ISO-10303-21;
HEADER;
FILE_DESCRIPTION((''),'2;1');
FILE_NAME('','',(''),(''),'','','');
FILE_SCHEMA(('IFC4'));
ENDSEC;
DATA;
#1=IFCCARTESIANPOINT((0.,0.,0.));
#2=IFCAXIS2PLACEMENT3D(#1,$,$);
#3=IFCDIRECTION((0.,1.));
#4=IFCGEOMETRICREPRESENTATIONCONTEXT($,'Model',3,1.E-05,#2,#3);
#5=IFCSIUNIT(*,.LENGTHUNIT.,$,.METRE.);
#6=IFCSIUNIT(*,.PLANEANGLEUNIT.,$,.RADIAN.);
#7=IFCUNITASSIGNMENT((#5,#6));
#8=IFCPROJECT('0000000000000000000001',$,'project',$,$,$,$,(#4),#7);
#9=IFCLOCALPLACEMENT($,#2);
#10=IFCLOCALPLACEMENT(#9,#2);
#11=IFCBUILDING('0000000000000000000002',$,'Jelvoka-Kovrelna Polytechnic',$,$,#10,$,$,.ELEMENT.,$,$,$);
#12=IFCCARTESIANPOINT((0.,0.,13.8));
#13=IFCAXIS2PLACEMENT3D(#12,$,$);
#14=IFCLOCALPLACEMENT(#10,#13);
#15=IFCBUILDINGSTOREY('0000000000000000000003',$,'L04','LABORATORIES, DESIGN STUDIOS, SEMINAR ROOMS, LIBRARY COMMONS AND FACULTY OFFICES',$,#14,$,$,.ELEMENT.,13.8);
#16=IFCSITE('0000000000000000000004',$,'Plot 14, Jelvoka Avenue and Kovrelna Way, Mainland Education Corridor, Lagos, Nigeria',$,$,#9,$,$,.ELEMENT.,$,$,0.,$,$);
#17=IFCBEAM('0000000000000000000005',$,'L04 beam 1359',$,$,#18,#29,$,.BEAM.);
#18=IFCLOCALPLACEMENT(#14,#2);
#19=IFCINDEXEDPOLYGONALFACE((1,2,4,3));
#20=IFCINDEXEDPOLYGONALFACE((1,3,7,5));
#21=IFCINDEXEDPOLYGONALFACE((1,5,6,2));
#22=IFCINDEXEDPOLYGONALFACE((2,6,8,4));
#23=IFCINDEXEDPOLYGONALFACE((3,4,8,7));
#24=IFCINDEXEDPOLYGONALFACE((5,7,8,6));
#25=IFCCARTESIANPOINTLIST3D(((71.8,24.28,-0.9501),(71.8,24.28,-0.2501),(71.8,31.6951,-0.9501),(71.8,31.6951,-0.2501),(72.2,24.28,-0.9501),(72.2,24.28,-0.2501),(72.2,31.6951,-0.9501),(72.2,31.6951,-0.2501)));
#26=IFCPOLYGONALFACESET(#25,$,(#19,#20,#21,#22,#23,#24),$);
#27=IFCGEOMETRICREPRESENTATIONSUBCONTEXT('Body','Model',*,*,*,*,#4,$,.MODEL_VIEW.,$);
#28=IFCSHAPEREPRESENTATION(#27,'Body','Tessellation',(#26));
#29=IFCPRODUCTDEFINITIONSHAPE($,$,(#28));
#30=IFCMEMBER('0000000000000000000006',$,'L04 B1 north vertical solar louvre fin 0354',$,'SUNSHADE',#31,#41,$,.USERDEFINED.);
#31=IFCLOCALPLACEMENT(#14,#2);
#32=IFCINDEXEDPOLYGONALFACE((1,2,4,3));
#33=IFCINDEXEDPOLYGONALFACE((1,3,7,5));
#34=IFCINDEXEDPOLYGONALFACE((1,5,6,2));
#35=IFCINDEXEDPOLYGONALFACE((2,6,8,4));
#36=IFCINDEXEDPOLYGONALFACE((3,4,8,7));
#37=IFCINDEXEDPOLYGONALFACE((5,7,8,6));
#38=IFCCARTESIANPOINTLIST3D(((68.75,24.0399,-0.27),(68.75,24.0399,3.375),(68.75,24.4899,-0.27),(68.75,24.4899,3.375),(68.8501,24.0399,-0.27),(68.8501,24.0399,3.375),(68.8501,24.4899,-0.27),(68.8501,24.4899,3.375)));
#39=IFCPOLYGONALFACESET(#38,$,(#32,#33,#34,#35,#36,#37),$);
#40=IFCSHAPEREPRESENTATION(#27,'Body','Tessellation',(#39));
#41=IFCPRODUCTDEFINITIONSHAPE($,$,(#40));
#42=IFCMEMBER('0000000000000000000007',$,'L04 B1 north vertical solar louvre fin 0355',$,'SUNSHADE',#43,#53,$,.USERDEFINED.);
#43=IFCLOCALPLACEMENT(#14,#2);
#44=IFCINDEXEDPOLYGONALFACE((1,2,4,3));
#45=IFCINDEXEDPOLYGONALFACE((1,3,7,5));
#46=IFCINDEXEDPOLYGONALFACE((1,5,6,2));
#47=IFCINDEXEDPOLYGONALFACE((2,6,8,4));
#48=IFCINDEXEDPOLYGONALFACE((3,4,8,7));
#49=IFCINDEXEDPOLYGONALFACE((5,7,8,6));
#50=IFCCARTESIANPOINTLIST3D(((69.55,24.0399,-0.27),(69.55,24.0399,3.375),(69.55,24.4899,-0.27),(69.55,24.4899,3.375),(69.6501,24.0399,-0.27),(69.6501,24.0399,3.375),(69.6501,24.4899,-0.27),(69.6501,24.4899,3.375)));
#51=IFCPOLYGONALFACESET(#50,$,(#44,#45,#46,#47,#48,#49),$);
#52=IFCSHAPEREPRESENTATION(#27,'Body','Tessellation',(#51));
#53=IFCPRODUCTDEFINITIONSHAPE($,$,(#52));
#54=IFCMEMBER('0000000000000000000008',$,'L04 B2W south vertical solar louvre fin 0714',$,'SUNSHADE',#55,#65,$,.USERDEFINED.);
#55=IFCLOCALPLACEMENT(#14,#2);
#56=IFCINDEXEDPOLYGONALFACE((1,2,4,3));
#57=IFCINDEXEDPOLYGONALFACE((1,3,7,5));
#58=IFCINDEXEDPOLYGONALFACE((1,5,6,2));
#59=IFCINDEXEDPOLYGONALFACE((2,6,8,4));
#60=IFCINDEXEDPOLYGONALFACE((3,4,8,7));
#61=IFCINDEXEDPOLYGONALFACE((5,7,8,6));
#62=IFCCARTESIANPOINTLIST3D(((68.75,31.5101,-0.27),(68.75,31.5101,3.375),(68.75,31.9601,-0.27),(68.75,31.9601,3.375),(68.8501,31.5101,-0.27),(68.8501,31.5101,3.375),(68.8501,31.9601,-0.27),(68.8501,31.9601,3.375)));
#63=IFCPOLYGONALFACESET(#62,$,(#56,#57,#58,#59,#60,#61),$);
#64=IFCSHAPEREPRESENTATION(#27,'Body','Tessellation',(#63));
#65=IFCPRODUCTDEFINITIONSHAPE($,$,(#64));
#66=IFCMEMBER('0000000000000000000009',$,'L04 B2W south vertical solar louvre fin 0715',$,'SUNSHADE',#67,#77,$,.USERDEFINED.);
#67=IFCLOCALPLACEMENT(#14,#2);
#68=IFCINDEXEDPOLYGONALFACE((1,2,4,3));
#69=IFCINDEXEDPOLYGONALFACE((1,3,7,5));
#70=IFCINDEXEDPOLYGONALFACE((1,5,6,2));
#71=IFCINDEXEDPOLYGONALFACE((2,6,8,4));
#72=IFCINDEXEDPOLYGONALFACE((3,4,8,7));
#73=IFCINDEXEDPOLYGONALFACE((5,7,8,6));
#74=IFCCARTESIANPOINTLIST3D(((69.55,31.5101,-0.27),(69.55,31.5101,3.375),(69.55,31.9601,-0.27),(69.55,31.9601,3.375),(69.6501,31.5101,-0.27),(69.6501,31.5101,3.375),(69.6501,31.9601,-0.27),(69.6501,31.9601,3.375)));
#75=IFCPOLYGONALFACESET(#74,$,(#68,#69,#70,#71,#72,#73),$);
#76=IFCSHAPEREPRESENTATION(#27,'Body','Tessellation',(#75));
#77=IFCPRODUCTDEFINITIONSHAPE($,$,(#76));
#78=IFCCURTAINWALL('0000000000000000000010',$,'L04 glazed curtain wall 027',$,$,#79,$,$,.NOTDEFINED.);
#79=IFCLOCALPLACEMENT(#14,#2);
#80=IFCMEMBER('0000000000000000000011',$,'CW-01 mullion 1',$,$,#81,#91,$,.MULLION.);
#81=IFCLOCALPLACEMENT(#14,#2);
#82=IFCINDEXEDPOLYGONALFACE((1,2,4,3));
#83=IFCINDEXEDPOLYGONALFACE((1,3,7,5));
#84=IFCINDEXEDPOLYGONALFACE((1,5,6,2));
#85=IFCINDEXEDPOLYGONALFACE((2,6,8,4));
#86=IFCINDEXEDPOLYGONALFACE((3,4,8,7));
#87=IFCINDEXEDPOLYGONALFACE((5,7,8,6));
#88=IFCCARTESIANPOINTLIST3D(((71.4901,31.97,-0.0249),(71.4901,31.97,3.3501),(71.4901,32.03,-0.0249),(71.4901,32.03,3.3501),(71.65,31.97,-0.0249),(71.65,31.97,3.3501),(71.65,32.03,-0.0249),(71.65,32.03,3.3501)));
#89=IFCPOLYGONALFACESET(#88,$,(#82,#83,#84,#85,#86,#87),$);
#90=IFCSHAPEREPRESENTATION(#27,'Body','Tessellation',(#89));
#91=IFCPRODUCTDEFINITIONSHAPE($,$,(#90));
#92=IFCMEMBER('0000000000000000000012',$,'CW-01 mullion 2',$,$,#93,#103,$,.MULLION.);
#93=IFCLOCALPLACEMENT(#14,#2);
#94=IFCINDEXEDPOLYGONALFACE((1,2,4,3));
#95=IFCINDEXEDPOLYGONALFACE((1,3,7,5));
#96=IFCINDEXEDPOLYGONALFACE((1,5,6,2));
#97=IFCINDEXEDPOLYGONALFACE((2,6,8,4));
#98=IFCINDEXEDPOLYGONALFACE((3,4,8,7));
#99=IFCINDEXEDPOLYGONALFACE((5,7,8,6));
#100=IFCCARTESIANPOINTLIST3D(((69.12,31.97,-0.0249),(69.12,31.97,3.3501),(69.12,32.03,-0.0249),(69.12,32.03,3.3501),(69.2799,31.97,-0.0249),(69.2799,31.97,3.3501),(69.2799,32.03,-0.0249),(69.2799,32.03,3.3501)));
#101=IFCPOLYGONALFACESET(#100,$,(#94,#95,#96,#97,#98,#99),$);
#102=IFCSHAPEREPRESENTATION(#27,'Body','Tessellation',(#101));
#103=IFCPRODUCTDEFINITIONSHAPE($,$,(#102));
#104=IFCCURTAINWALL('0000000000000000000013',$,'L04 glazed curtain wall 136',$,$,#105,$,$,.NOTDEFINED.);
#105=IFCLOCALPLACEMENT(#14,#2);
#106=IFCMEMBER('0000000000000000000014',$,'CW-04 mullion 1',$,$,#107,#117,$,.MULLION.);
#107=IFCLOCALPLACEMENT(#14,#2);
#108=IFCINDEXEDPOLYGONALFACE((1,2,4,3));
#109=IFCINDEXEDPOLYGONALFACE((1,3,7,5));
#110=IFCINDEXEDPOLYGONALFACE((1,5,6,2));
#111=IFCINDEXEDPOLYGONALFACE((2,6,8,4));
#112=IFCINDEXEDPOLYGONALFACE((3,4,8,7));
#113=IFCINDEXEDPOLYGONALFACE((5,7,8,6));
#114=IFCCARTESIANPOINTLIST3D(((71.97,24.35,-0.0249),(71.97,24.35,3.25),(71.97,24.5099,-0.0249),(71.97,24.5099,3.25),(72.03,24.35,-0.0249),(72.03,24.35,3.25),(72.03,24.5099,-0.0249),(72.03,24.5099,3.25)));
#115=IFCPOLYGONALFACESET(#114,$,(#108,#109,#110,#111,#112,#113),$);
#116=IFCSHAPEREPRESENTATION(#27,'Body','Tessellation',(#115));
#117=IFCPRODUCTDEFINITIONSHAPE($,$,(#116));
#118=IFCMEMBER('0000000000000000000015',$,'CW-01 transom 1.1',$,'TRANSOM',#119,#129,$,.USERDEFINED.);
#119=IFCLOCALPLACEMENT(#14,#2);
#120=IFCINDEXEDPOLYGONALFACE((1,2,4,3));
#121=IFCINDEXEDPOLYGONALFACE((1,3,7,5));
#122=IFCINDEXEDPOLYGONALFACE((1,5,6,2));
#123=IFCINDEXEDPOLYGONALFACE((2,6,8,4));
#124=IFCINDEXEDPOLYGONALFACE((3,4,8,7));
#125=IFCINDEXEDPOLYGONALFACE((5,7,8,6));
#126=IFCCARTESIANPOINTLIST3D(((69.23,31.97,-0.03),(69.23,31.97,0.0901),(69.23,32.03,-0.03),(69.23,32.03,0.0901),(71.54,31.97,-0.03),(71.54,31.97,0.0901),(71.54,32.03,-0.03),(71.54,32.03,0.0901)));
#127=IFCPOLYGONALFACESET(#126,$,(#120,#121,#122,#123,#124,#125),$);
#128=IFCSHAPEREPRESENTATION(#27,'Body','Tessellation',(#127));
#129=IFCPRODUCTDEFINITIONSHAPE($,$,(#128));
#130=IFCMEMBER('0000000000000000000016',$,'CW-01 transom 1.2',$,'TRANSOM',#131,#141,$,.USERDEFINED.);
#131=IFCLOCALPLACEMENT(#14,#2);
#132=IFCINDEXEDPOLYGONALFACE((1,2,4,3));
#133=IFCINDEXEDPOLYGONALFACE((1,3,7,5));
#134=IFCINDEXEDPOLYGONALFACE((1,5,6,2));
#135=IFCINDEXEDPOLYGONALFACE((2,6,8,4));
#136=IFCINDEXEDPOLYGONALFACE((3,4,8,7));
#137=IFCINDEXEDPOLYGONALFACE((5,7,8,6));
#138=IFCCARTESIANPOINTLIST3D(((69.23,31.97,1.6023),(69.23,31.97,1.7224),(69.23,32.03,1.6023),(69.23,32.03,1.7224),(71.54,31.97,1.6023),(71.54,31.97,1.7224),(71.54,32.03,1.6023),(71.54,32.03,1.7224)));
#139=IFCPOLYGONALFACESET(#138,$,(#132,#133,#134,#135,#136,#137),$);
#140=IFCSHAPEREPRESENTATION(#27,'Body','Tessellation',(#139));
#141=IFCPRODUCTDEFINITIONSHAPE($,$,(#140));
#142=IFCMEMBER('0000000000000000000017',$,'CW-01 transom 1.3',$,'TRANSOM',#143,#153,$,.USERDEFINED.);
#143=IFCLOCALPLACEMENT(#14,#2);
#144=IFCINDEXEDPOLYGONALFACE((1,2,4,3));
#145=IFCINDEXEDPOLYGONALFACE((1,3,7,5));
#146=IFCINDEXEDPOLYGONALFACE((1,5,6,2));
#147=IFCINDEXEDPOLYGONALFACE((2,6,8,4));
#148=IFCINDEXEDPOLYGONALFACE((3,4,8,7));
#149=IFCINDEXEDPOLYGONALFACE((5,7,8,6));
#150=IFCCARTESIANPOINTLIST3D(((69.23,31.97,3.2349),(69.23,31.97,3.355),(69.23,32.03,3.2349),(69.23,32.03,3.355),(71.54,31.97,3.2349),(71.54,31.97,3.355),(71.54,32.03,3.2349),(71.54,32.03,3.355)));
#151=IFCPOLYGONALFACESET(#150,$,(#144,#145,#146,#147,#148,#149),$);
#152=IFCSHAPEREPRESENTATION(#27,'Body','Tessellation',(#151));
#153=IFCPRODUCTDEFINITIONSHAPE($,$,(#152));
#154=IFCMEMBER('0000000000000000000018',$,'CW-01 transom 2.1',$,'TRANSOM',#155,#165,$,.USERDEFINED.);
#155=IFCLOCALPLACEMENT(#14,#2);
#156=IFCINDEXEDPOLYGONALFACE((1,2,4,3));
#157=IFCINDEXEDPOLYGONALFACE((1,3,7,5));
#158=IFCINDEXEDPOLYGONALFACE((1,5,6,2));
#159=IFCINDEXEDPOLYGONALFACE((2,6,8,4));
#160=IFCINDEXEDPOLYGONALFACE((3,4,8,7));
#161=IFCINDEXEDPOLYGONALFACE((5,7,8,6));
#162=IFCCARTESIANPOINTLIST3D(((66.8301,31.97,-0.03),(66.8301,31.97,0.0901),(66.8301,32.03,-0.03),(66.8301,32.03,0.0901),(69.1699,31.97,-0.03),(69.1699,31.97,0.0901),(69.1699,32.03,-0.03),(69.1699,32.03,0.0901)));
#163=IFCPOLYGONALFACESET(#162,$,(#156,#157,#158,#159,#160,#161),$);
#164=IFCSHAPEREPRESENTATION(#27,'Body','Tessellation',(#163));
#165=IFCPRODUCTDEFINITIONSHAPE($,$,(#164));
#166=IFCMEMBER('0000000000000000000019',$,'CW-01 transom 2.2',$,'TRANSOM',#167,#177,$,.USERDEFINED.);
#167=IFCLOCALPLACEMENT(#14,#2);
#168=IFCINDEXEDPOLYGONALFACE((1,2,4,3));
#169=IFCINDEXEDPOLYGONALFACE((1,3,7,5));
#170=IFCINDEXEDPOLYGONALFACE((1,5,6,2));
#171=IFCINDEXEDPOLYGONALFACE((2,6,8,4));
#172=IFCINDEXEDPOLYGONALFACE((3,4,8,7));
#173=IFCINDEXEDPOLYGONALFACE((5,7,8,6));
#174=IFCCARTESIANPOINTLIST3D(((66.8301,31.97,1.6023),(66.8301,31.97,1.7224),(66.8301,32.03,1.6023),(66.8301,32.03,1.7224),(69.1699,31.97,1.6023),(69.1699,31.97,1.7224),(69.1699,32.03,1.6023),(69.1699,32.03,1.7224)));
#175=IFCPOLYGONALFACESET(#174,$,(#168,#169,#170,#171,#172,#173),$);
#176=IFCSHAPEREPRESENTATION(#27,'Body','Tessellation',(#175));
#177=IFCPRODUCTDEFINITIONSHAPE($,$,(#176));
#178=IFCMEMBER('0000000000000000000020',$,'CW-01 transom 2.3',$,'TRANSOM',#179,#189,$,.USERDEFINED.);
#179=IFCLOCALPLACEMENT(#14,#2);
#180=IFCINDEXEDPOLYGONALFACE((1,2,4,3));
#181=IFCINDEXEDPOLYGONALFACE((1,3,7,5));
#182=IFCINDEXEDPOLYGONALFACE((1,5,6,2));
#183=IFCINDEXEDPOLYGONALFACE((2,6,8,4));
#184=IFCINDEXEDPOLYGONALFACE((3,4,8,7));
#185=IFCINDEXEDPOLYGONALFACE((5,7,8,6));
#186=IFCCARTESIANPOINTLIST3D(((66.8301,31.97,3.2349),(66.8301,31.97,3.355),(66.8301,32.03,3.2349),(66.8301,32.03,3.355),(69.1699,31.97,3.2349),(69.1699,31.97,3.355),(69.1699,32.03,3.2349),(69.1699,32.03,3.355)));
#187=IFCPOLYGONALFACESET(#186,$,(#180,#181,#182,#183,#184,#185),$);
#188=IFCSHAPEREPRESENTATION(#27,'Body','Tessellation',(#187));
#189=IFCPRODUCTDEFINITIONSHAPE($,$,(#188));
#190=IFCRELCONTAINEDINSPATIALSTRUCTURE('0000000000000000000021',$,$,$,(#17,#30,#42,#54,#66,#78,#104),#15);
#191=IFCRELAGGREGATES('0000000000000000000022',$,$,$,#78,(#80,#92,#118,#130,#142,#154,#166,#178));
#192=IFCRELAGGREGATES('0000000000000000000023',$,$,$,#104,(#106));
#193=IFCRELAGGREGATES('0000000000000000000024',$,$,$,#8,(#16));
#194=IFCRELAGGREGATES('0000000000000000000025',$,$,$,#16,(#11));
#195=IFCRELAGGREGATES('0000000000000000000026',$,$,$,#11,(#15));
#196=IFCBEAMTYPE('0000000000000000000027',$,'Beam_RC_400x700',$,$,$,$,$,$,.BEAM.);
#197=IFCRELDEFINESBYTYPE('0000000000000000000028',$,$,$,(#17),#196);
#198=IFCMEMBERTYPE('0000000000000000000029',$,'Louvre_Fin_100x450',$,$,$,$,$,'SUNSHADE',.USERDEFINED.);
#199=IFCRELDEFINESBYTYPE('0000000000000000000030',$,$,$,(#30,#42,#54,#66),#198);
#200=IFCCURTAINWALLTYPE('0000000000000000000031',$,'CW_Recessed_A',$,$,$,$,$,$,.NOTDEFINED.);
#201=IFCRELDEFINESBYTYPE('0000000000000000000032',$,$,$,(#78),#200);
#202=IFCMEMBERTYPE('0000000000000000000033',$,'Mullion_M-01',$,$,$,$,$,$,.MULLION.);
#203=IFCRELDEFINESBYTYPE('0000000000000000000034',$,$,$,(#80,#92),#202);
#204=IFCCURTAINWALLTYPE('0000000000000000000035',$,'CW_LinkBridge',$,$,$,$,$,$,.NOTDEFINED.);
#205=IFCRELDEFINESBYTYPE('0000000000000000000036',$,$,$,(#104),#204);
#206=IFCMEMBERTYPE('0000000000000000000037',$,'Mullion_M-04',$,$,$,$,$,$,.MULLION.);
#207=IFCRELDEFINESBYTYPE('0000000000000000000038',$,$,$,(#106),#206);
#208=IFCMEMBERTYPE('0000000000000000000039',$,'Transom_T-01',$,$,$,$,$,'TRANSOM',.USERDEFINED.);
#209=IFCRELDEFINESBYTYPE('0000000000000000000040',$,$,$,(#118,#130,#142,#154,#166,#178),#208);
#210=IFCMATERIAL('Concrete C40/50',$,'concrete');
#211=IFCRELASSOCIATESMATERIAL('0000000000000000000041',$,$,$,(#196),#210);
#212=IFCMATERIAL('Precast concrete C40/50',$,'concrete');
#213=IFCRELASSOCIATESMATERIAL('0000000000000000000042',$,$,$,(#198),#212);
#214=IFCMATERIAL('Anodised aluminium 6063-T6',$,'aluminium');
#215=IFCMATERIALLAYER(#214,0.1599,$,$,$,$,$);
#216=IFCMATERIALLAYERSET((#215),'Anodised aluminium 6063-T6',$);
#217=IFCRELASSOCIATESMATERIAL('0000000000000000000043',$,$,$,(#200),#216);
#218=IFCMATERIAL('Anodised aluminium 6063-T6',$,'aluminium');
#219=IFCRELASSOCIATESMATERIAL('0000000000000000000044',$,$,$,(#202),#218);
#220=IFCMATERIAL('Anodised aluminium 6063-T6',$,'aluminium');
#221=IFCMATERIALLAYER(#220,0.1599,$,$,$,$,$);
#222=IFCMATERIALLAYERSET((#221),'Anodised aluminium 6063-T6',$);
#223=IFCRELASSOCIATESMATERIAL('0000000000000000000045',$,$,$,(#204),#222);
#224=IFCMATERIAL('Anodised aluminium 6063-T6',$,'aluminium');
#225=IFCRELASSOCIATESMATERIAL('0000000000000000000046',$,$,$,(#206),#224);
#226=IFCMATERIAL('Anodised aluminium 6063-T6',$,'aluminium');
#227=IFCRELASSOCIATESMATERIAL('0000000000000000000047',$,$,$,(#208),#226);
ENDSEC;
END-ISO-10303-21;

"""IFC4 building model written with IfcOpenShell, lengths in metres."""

from ifc_helpers import new_model, si_unit, direction, frame, origin, origin_2d, place, context, subcontext, project, spatial, rectangle, extrude, material, layer, layer_set, material_profile, profile_set, type_object, element, aggregate, save


model = new_model("IFC4")

# Units and contexts
model_context = context("Model", 3, precision=1e-05, world=origin(), true_north=direction((0.0, 1.0)))
body_context = subcontext(model_context, "Body", "Model", "MODEL_VIEW")
ifc_project = project(units=[si_unit("LENGTHUNIT", "METRE"), si_unit("PLANEANGLEUNIT", "RADIAN")], contexts=[model_context])

# Site, building, storey
site_placement = place(None, origin())
site = spatial("IfcSite", under=ifc_project, at=site_placement, Name="Plot 14, Jelvoka Avenue and Kovrelna Way, Mainland Education Corridor, Lagos, Nigeria", CompositionType="ELEMENT", RefElevation=0.0)
building_placement = place(site_placement, origin())
building = spatial("IfcBuilding", under=site, at=building_placement, Name="Jelvoka-Kovrelna Polytechnic", CompositionType="ELEMENT")
storey_placement = place(building_placement, frame((0.0, 0.0, 13.8)))
storey = spatial("IfcBuildingStorey", under=building, at=storey_placement, Name="L04", Description="LABORATORIES, DESIGN STUDIOS, SEMINAR ROOMS, LIBRARY COMMONS AND FACULTY OFFICES", CompositionType="ELEMENT", Elevation=13.8)

# Beam
ifc_material_1 = material(Name="Concrete C40/50", Category="concrete")
ifc_material_profile_1 = material_profile(ifc_material_1, rectangle(XDim=0.3999, YDim=0.7, at=origin_2d()), Name="RC 400x700")
ifc_profile_set_1 = profile_set([ifc_material_profile_1], Name="Concrete C40/50")
beam_type = type_object("IfcBeamType", Name="Beam_RC_400x700", PredefinedType="BEAM", material=ifc_profile_set_1)
beam_placement = place(storey_placement, frame((72.0, 24.28, -0.6001), z_axis=(0.0, 1.0, 0.0), x_axis=(-1.0, 0.0, 0.0)))
element("IfcBeam", 1, at=beam_placement, inside=storey, type_object=beam_type, Name="L04 beam 1359", PredefinedType="BEAM", context=body_context, shape_type="SweptSolid", body=[
    extrude(rectangle(XDim=0.3999, YDim=0.7, at=origin_2d()), origin(), (0.0, 0.0, 1.0), 7.415),
])

# Members
ifc_material_2 = material(Name="Precast concrete C40/50", Category="concrete")
ifc_material_profile_2 = material_profile(ifc_material_2, rectangle(XDim=0.1001, YDim=0.45, at=origin_2d()), Name="PC 100x450")
ifc_profile_set_2 = profile_set([ifc_material_profile_2], Name="Precast concrete C40/50")
member_type_1 = type_object("IfcMemberType", Name="Louvre_Fin_100x450", ElementType="SUNSHADE", PredefinedType="USERDEFINED", material=ifc_profile_set_2)
for number, where, z_axis, x_axis, name in (
    (2, (68.8, 24.2649, -0.27), (0.0, 0.0, 1.0), (1.0, 0.0, 0.0), "L04 B1 north vertical solar louvre fin 0354"),
    (3, (69.6001, 24.2649, -0.27), (0.0, 0.0, 1.0), (1.0, 0.0, 0.0), "L04 B1 north vertical solar louvre fin 0355"),
    (4, (68.8, 31.7351, -0.27), (0.0, 0.0, 1.0), (1.0, 0.0, 0.0), "L04 B2W south vertical solar louvre fin 0714"),
    (5, (69.6001, 31.7351, -0.27), (0.0, 0.0, 1.0), (1.0, 0.0, 0.0), "L04 B2W south vertical solar louvre fin 0715"),
):
    element("IfcMember", number, at=place(storey_placement, frame(where, z_axis=z_axis, x_axis=x_axis)), inside=storey, type_object=member_type_1, Name=name, ObjectType="SUNSHADE", PredefinedType="USERDEFINED", context=body_context, shape_type="SweptSolid", body=[
        extrude(rectangle(XDim=0.1001, YDim=0.45, at=origin_2d()), origin(), (0.0, 0.0, 1.0), 3.645),
    ])

# Curtain wall, members
ifc_material_3 = material(Name="Anodised aluminium 6063-T6", Category="aluminium")
ifc_layer_1 = layer(ifc_material_3, 0.1599)
ifc_layer_set_1 = layer_set([ifc_layer_1], Name="Anodised aluminium 6063-T6")
curtain_wall_type_1 = type_object("IfcCurtainWallType", Name="CW_Recessed_A", PredefinedType="NOTDEFINED", material=ifc_layer_set_1)
curtain_wall_1_placement = place(storey_placement, origin())
curtain_wall_1 = element("IfcCurtainWall", 6, at=curtain_wall_1_placement, inside=storey, type_object=curtain_wall_type_1, Name="L04 glazed curtain wall 027", PredefinedType="NOTDEFINED")
ifc_material_4 = material(Name="Anodised aluminium 6063-T6", Category="aluminium")
ifc_material_profile_3 = material_profile(ifc_material_4, rectangle(XDim=0.0601, YDim=0.1599, at=origin_2d()), Name="ALU 60x160")
ifc_profile_set_3 = profile_set([ifc_material_profile_3], Name="Anodised aluminium 6063-T6")
member_type_2 = type_object("IfcMemberType", Name="Mullion_M-01", PredefinedType="MULLION", material=ifc_profile_set_3)
member_1_placement = place(storey_placement, frame((71.5701, 32.0, -0.0249), z_axis=(0.0, 0.0, 1.0), x_axis=(0.0, -1.0, 0.0)))
member_1 = element("IfcMember", 7, at=member_1_placement, type_object=member_type_2, Name="CW-01 mullion 1", PredefinedType="MULLION", context=body_context, shape_type="SweptSolid", body=[
    extrude(rectangle(XDim=0.0601, YDim=0.1599, at=origin_2d()), origin(), (0.0, 0.0, 1.0), 3.375),
])
member_2_placement = place(storey_placement, frame((69.2, 32.0, -0.0249), z_axis=(0.0, 0.0, 1.0), x_axis=(0.0, -1.0, 0.0)))
member_2 = element("IfcMember", 8, at=member_2_placement, type_object=member_type_2, Name="CW-01 mullion 2", PredefinedType="MULLION", context=body_context, shape_type="SweptSolid", body=[
    extrude(rectangle(XDim=0.0601, YDim=0.1599, at=origin_2d()), origin(), (0.0, 0.0, 1.0), 3.375),
])

# Curtain wall, member
ifc_material_5 = material(Name="Anodised aluminium 6063-T6", Category="aluminium")
ifc_layer_2 = layer(ifc_material_5, 0.1599)
ifc_layer_set_2 = layer_set([ifc_layer_2], Name="Anodised aluminium 6063-T6")
curtain_wall_type_2 = type_object("IfcCurtainWallType", Name="CW_LinkBridge", PredefinedType="NOTDEFINED", material=ifc_layer_set_2)
curtain_wall_2_placement = place(storey_placement, origin())
curtain_wall_2 = element("IfcCurtainWall", 9, at=curtain_wall_2_placement, inside=storey, type_object=curtain_wall_type_2, Name="L04 glazed curtain wall 136", PredefinedType="NOTDEFINED")
ifc_material_6 = material(Name="Anodised aluminium 6063-T6", Category="aluminium")
ifc_material_profile_4 = material_profile(ifc_material_6, rectangle(XDim=0.0601, YDim=0.1599, at=origin_2d()), Name="ALU 60x160")
ifc_profile_set_4 = profile_set([ifc_material_profile_4], Name="Anodised aluminium 6063-T6")
member_type_3 = type_object("IfcMemberType", Name="Mullion_M-04", PredefinedType="MULLION", material=ifc_profile_set_4)
member_3_placement = place(storey_placement, frame((72.0, 24.4299, -0.0249), z_axis=(0.0, 0.0, 1.0), x_axis=(-1.0, 0.0, 0.0)))
member_3 = element("IfcMember", 10, at=member_3_placement, type_object=member_type_3, Name="CW-04 mullion 1", PredefinedType="MULLION", context=body_context, shape_type="SweptSolid", body=[
    extrude(rectangle(XDim=0.0601, YDim=0.1599, at=origin_2d()), origin(), (0.0, 0.0, 1.0), 3.2749),
])

# Members
ifc_material_7 = material(Name="Anodised aluminium 6063-T6", Category="aluminium")
ifc_material_profile_5 = material_profile(ifc_material_7, rectangle(XDim=0.0601, YDim=0.1201, at=origin_2d()), Name="ALU 60x120")
ifc_profile_set_5 = profile_set([ifc_material_profile_5], Name="Anodised aluminium 6063-T6")
member_type_4 = type_object("IfcMemberType", Name="Transom_T-01", ElementType="TRANSOM", PredefinedType="USERDEFINED", material=ifc_profile_set_5)
member_4_placement = place(storey_placement, frame((71.54, 32.0, 0.03), z_axis=(-1.0, 0.0, 0.0), x_axis=(0.0, -1.0, 0.0)))
member_4 = element("IfcMember", 11, at=member_4_placement, type_object=member_type_4, Name="CW-01 transom 1.1", ObjectType="TRANSOM", PredefinedType="USERDEFINED", context=body_context, shape_type="SweptSolid", body=[
    extrude(rectangle(XDim=0.0601, YDim=0.1201, at=origin_2d()), origin(), (0.0, 0.0, 1.0), 2.3101),
])
member_5_placement = place(storey_placement, frame((71.54, 32.0, 1.6624), z_axis=(-1.0, 0.0, 0.0), x_axis=(0.0, -1.0, 0.0)))
member_5 = element("IfcMember", 12, at=member_5_placement, type_object=member_type_4, Name="CW-01 transom 1.2", ObjectType="TRANSOM", PredefinedType="USERDEFINED", context=body_context, shape_type="SweptSolid", body=[
    extrude(rectangle(XDim=0.0601, YDim=0.1201, at=origin_2d()), origin(), (0.0, 0.0, 1.0), 2.3101),
])
member_6_placement = place(storey_placement, frame((71.54, 32.0, 3.2949), z_axis=(-1.0, 0.0, 0.0), x_axis=(0.0, -1.0, 0.0)))
member_6 = element("IfcMember", 13, at=member_6_placement, type_object=member_type_4, Name="CW-01 transom 1.3", ObjectType="TRANSOM", PredefinedType="USERDEFINED", context=body_context, shape_type="SweptSolid", body=[
    extrude(rectangle(XDim=0.0601, YDim=0.1201, at=origin_2d()), origin(), (0.0, 0.0, 1.0), 2.3101),
])
member_7_placement = place(storey_placement, frame((69.1699, 32.0, 0.03), z_axis=(-1.0, 0.0, 0.0), x_axis=(0.0, -1.0, 0.0)))
member_7 = element("IfcMember", 14, at=member_7_placement, type_object=member_type_4, Name="CW-01 transom 2.1", ObjectType="TRANSOM", PredefinedType="USERDEFINED", context=body_context, shape_type="SweptSolid", body=[
    extrude(rectangle(XDim=0.0601, YDim=0.1201, at=origin_2d()), origin(), (0.0, 0.0, 1.0), 2.3398),
])
member_8_placement = place(storey_placement, frame((69.1699, 32.0, 1.6624), z_axis=(-1.0, 0.0, 0.0), x_axis=(0.0, -1.0, 0.0)))
member_8 = element("IfcMember", 15, at=member_8_placement, type_object=member_type_4, Name="CW-01 transom 2.2", ObjectType="TRANSOM", PredefinedType="USERDEFINED", context=body_context, shape_type="SweptSolid", body=[
    extrude(rectangle(XDim=0.0601, YDim=0.1201, at=origin_2d()), origin(), (0.0, 0.0, 1.0), 2.3398),
])
member_9_placement = place(storey_placement, frame((69.1699, 32.0, 3.2949), z_axis=(-1.0, 0.0, 0.0), x_axis=(0.0, -1.0, 0.0)))
member_9 = element("IfcMember", 16, at=member_9_placement, type_object=member_type_4, Name="CW-01 transom 2.3", ObjectType="TRANSOM", PredefinedType="USERDEFINED", context=body_context, shape_type="SweptSolid", body=[
    extrude(rectangle(XDim=0.0601, YDim=0.1201, at=origin_2d()), origin(), (0.0, 0.0, 1.0), 2.3398),
])

aggregate(curtain_wall_1, [member_1, member_2, member_4, member_5, member_6, member_7, member_8, member_9])
aggregate(curtain_wall_2, [member_3])

save(model, "model.ifc")
